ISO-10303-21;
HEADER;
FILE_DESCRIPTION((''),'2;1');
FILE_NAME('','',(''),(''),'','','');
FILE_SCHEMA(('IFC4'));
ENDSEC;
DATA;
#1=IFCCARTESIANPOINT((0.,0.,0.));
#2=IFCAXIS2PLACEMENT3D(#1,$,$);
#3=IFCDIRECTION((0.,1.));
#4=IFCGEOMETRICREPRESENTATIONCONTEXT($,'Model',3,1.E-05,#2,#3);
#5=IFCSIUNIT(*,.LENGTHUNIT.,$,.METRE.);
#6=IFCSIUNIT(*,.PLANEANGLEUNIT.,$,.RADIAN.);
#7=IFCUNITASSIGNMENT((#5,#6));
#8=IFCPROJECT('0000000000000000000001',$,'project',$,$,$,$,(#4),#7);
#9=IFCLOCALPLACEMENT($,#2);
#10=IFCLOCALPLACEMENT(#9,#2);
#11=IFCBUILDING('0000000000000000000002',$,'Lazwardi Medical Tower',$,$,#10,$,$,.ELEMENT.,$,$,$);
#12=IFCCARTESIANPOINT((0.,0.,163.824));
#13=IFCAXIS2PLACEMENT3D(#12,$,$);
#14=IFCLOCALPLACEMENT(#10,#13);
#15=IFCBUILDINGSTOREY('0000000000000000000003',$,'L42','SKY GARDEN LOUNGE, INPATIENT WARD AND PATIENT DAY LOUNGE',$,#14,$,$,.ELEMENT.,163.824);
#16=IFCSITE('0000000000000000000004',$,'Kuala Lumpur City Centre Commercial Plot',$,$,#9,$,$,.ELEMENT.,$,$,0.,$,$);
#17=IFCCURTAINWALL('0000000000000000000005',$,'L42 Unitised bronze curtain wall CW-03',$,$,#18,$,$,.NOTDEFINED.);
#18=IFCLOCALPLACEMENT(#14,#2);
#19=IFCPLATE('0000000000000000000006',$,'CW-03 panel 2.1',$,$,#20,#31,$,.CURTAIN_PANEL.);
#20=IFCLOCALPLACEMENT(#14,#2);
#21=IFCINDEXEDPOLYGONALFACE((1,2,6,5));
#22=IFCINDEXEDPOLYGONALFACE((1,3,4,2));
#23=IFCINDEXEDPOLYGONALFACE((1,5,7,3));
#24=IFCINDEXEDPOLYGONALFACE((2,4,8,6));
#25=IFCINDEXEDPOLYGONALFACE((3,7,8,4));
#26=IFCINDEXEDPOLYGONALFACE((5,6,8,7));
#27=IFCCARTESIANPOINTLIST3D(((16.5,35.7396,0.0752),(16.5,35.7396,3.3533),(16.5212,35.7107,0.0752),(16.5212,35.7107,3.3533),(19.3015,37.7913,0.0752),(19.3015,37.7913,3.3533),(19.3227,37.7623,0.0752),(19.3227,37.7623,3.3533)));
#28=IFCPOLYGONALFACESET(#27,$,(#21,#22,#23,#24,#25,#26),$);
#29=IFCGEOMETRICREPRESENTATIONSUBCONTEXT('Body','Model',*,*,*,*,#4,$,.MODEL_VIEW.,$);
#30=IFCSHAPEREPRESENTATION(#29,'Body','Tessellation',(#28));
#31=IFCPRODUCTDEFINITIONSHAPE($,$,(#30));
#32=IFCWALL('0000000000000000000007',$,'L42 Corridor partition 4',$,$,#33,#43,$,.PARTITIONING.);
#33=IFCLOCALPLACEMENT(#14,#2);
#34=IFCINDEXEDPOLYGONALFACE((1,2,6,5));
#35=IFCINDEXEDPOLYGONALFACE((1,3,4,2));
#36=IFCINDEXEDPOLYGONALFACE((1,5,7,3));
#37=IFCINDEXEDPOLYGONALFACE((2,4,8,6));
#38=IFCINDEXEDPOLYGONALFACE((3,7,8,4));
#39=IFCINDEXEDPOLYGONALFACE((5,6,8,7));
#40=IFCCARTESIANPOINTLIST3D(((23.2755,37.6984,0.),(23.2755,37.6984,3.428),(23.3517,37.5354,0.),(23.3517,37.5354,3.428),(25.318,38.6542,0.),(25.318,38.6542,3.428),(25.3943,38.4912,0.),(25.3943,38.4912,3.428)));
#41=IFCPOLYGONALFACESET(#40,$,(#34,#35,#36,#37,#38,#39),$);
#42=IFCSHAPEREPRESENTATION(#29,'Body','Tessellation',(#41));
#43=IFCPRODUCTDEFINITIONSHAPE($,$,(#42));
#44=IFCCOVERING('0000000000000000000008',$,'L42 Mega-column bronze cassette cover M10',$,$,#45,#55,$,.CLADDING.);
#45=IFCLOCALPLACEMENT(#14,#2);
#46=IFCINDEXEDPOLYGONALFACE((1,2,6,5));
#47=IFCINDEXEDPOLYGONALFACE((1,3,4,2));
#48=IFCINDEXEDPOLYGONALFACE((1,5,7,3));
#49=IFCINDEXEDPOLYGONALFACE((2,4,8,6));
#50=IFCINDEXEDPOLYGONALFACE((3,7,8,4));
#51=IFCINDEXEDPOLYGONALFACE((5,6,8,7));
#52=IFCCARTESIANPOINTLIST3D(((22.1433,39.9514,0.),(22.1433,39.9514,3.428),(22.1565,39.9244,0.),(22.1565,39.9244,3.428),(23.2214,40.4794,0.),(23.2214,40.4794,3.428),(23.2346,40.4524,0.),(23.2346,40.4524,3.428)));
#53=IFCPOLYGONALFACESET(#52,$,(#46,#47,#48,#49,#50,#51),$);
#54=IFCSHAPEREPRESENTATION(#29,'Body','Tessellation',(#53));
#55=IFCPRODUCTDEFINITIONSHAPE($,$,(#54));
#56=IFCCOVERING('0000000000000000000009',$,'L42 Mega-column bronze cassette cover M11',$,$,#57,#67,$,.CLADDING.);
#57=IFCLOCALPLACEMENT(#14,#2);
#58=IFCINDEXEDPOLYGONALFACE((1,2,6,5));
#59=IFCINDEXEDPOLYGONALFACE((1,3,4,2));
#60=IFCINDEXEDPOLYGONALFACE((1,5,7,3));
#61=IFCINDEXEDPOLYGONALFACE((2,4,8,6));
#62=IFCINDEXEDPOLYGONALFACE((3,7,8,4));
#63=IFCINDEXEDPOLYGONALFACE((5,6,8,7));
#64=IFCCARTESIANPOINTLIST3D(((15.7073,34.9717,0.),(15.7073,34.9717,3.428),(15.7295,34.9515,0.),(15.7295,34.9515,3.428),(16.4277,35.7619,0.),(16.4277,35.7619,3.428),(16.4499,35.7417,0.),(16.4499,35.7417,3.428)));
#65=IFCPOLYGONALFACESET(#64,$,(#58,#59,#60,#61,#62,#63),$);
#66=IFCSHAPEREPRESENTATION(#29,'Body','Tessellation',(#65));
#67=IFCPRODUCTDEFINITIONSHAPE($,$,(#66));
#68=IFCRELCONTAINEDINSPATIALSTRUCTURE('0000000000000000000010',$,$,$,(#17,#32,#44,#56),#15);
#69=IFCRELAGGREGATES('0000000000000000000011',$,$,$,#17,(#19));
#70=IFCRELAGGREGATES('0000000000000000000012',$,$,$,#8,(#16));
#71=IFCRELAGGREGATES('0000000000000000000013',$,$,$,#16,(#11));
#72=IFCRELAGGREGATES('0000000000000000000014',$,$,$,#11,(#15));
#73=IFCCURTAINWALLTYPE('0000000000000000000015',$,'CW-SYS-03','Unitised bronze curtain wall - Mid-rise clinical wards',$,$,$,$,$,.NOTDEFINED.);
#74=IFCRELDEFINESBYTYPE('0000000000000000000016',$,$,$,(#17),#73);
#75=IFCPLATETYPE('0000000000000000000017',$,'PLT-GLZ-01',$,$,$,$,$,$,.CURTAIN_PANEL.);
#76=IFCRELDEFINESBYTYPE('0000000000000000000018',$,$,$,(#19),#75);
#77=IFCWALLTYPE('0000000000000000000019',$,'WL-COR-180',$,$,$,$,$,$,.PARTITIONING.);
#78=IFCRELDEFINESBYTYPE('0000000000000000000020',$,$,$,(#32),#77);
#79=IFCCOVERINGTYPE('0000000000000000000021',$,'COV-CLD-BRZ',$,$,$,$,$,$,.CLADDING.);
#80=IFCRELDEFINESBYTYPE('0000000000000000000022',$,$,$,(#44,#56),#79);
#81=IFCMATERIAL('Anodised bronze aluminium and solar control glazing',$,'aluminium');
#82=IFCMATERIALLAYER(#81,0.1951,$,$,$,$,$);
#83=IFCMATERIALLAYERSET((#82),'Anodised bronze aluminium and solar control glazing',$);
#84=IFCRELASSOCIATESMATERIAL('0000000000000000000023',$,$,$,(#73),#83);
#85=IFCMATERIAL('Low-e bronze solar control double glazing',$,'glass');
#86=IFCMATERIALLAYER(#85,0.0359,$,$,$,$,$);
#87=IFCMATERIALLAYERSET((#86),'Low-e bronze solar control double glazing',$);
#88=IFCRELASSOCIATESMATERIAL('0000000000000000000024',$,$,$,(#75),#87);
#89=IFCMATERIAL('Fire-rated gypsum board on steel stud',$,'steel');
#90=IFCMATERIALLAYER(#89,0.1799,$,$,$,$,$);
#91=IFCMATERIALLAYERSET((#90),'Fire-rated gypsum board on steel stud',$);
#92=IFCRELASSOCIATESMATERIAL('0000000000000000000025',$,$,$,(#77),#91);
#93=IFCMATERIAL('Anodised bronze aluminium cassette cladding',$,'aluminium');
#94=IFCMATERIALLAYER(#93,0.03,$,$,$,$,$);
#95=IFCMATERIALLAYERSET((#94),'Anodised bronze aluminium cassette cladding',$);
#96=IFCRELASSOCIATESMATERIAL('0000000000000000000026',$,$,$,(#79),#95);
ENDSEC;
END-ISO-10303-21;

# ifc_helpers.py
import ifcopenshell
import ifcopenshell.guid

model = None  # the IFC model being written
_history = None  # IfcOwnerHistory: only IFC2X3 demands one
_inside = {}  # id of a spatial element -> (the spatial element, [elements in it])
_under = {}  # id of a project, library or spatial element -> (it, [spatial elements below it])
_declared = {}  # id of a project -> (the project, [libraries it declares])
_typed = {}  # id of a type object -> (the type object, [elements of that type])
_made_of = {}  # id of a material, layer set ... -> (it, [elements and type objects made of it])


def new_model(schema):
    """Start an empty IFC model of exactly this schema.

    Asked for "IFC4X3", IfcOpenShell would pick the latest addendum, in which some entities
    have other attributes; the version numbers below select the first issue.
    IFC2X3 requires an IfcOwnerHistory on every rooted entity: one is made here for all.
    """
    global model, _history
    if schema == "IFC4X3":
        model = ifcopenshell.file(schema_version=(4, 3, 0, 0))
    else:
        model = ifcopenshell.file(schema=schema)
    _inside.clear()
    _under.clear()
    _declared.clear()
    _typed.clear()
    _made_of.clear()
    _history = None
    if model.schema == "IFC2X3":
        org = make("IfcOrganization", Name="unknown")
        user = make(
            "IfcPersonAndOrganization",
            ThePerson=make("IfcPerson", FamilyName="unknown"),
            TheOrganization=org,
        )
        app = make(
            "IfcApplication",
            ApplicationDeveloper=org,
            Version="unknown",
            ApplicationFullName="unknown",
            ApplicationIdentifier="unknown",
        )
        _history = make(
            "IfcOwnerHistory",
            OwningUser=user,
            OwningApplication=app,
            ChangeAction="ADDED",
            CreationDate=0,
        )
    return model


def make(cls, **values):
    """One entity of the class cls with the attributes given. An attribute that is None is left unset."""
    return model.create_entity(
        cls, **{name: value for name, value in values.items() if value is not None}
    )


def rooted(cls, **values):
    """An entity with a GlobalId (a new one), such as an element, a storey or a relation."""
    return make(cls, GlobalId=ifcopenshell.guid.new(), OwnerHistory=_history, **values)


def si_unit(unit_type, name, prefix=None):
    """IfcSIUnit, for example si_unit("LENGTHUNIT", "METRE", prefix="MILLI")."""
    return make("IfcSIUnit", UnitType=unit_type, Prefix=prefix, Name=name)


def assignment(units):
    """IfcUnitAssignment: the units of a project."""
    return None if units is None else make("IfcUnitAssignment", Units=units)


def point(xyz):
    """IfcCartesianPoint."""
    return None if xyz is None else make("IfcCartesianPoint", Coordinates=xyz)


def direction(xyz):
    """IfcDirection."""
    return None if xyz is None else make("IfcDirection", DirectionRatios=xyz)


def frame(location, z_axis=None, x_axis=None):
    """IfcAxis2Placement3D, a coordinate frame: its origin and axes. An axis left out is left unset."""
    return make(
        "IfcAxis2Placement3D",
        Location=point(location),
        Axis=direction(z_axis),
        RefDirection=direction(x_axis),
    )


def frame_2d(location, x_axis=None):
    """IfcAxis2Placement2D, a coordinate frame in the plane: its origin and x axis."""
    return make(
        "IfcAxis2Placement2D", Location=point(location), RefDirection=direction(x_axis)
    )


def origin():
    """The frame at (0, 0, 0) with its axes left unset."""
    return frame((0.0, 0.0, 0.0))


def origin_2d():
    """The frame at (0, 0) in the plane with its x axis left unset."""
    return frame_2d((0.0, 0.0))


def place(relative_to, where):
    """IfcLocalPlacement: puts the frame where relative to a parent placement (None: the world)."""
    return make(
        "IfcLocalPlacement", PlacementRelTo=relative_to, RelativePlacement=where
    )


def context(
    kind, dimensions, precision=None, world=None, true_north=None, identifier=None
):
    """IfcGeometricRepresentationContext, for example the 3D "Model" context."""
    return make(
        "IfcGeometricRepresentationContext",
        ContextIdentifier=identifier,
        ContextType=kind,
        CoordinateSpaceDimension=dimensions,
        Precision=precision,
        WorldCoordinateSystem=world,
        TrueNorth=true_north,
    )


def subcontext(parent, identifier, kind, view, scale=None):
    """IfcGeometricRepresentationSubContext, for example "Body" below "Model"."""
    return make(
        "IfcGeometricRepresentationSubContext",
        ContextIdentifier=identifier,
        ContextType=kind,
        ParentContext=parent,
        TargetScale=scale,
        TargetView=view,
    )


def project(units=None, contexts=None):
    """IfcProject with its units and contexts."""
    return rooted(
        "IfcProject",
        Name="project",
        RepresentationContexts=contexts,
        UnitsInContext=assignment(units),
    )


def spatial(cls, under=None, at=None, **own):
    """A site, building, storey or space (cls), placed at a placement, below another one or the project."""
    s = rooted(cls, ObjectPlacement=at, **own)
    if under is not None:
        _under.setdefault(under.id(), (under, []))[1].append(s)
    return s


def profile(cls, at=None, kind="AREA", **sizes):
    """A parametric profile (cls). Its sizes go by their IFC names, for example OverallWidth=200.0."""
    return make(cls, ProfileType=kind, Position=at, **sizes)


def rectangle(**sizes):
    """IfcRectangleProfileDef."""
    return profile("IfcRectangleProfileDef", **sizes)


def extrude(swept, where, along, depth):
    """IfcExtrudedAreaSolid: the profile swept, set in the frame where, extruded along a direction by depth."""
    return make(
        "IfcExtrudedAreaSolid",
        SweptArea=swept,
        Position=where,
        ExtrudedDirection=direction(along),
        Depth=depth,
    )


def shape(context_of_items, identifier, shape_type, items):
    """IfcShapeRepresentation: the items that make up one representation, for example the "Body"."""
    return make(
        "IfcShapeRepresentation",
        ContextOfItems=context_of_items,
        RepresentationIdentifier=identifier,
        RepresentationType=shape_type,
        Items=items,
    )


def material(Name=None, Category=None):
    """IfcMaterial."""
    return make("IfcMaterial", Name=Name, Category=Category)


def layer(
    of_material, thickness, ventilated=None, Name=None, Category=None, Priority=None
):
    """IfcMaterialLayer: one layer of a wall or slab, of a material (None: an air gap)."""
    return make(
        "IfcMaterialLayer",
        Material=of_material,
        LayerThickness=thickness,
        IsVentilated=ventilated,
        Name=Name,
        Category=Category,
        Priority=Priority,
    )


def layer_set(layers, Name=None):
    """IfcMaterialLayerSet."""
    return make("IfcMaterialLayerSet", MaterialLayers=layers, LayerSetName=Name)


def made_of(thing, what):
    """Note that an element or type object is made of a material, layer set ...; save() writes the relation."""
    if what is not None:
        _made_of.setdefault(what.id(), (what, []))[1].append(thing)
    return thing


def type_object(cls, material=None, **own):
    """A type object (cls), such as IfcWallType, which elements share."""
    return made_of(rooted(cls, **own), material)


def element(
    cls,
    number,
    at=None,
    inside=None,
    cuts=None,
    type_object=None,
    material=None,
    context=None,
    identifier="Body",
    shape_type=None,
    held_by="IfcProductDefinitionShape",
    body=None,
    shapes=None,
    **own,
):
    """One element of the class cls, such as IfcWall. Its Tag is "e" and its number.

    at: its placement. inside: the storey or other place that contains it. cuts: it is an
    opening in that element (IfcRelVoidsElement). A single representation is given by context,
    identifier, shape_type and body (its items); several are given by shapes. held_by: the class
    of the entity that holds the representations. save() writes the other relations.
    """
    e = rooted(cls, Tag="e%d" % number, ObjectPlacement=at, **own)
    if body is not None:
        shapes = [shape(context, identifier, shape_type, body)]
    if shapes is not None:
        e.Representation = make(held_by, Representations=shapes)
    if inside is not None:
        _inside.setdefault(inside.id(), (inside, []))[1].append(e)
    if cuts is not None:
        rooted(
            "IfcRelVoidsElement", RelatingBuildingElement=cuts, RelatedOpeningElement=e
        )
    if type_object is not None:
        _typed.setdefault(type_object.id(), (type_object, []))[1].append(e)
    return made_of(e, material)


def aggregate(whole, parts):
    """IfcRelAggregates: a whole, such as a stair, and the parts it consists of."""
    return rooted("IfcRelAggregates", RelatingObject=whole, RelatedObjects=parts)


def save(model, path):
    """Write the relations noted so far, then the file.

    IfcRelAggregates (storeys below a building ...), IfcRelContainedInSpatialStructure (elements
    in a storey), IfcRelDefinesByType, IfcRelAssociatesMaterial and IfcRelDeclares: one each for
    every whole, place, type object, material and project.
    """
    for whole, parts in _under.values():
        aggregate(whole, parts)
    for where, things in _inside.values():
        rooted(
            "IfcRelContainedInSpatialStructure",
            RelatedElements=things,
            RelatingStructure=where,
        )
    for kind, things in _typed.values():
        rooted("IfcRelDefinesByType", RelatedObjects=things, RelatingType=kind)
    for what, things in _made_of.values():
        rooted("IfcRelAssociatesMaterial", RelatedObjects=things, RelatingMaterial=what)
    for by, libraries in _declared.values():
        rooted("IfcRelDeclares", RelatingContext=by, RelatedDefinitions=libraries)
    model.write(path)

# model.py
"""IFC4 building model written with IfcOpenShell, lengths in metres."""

from ifc_helpers import new_model, si_unit, direction, frame, frame_2d, origin, origin_2d, place, context, subcontext, project, spatial, rectangle, extrude, material, layer, layer_set, type_object, element, aggregate, save


model = new_model("IFC4")

# Units and contexts
model_context = context("Model", 3, precision=1e-05, world=origin(), true_north=direction((0.0, 1.0)))
body_context = subcontext(model_context, "Body", "Model", "MODEL_VIEW")
ifc_project = project(units=[si_unit("LENGTHUNIT", "METRE"), si_unit("PLANEANGLEUNIT", "RADIAN")], contexts=[model_context])

# Site, building, storey
site_placement = place(None, origin())
site = spatial("IfcSite", under=ifc_project, at=site_placement, Name="Kuala Lumpur City Centre Commercial Plot", CompositionType="ELEMENT", RefElevation=0.0)
building_placement = place(site_placement, origin())
building = spatial("IfcBuilding", under=site, at=building_placement, Name="Lazwardi Medical Tower", CompositionType="ELEMENT")
storey_placement = place(building_placement, frame((0.0, 0.0, 163.824)))
storey = spatial("IfcBuildingStorey", under=building, at=storey_placement, Name="L42", Description="SKY GARDEN LOUNGE, INPATIENT WARD AND PATIENT DAY LOUNGE", CompositionType="ELEMENT", Elevation=163.824)

# Shared definitions
ifc_material_1 = material(Name="Anodised bronze aluminium and solar control glazing", Category="aluminium")
ifc_layer_1 = layer(ifc_material_1, 0.1951)
ifc_layer_set_1 = layer_set([ifc_layer_1], Name="Anodised bronze aluminium and solar control glazing")
curtain_wall_type = type_object("IfcCurtainWallType", Name="CW-SYS-03", Description="Unitised bronze curtain wall - Mid-rise clinical wards", PredefinedType="NOTDEFINED", material=ifc_layer_set_1)

# Curtain wall
curtain_wall_1_placement = place(storey_placement, origin())
curtain_wall_1 = element("IfcCurtainWall", 1, at=curtain_wall_1_placement, inside=storey, type_object=curtain_wall_type, Name="L42 Unitised bronze curtain wall CW-03", PredefinedType="NOTDEFINED")

# Plate
ifc_material_2 = material(Name="Low-e bronze solar control double glazing", Category="glass")
ifc_layer_2 = layer(ifc_material_2, 0.0359)
ifc_layer_set_2 = layer_set([ifc_layer_2], Name="Low-e bronze solar control double glazing")
plate_type = type_object("IfcPlateType", Name="PLT-GLZ-01", PredefinedType="CURTAIN_PANEL", material=ifc_layer_set_2)
plate_1_placement = place(storey_placement, frame((17.9114, 36.751, 0.0752), z_axis=(0.0, 0.0, 1.0), x_axis=(-0.806793, -0.590834, 0.0)))
plate_1 = element("IfcPlate", 2, at=plate_1_placement, type_object=plate_type, Name="CW-03 panel 2.1", PredefinedType="CURTAIN_PANEL", context=body_context, shape_type="SweptSolid", body=[
    extrude(rectangle(XDim=3.4724, YDim=0.0359, at=origin_2d()), origin(), (0.0, 0.0, 1.0), 3.2781),
])
aggregate(curtain_wall_1, [plate_1])

# Wall
ifc_material_3 = material(Name="Fire-rated gypsum board on steel stud", Category="steel")
ifc_layer_3 = layer(ifc_material_3, 0.1799)
ifc_layer_set_3 = layer_set([ifc_layer_3], Name="Fire-rated gypsum board on steel stud")
wall_type = type_object("IfcWallType", Name="WL-COR-180", PredefinedType="PARTITIONING", material=ifc_layer_set_3)
wall_placement = place(storey_placement, frame((23.3137, 37.6169, 0.0), z_axis=(0.0, 0.0, 1.0), x_axis=(0.905732, 0.423851, 0.0)))
element("IfcWall", 3, at=wall_placement, inside=storey, type_object=wall_type, Name="L42 Corridor partition 4", PredefinedType="PARTITIONING", context=body_context, shape_type="SweptSolid", body=[
    extrude(rectangle(XDim=2.2551, YDim=0.1799, at=frame_2d((1.1274, 0.0))), origin(), (0.0, 0.0, 1.0), 3.428),
])

# Coverings
ifc_material_4 = material(Name="Anodised bronze aluminium cassette cladding", Category="aluminium")
ifc_layer_4 = layer(ifc_material_4, 0.03)
ifc_layer_set_4 = layer_set([ifc_layer_4], Name="Anodised bronze aluminium cassette cladding")
covering_type = type_object("IfcCoveringType", Name="COV-CLD-BRZ", PredefinedType="CLADDING", material=ifc_layer_set_4)
covering_1_placement = place(storey_placement, frame((22.689, 40.2019, 0.0), z_axis=(0.0, 0.0, 1.0), x_axis=(-0.898079, -0.439834, 0.0)))
element("IfcCovering", 4, at=covering_1_placement, inside=storey, type_object=covering_type, Name="L42 Mega-column bronze cassette cover M10", PredefinedType="CLADDING", context=body_context, shape_type="SweptSolid", body=[
    extrude(rectangle(XDim=1.2004, YDim=0.03, at=origin_2d()), origin(), (0.0, 0.0, 1.0), 3.428),
])
covering_2_placement = place(storey_placement, frame((16.0786, 35.3567, 0.0), z_axis=(0.0, 0.0, 1.0), x_axis=(-0.673714, -0.738992, 0.0)))
element("IfcCovering", 5, at=covering_2_placement, inside=storey, type_object=covering_type, Name="L42 Mega-column bronze cassette cover M11", PredefinedType="CLADDING", context=body_context, shape_type="SweptSolid", body=[
    extrude(rectangle(XDim=1.0693, YDim=0.03, at=origin_2d()), origin(), (0.0, 0.0, 1.0), 3.428),
])

save(model, "model.ifc")
